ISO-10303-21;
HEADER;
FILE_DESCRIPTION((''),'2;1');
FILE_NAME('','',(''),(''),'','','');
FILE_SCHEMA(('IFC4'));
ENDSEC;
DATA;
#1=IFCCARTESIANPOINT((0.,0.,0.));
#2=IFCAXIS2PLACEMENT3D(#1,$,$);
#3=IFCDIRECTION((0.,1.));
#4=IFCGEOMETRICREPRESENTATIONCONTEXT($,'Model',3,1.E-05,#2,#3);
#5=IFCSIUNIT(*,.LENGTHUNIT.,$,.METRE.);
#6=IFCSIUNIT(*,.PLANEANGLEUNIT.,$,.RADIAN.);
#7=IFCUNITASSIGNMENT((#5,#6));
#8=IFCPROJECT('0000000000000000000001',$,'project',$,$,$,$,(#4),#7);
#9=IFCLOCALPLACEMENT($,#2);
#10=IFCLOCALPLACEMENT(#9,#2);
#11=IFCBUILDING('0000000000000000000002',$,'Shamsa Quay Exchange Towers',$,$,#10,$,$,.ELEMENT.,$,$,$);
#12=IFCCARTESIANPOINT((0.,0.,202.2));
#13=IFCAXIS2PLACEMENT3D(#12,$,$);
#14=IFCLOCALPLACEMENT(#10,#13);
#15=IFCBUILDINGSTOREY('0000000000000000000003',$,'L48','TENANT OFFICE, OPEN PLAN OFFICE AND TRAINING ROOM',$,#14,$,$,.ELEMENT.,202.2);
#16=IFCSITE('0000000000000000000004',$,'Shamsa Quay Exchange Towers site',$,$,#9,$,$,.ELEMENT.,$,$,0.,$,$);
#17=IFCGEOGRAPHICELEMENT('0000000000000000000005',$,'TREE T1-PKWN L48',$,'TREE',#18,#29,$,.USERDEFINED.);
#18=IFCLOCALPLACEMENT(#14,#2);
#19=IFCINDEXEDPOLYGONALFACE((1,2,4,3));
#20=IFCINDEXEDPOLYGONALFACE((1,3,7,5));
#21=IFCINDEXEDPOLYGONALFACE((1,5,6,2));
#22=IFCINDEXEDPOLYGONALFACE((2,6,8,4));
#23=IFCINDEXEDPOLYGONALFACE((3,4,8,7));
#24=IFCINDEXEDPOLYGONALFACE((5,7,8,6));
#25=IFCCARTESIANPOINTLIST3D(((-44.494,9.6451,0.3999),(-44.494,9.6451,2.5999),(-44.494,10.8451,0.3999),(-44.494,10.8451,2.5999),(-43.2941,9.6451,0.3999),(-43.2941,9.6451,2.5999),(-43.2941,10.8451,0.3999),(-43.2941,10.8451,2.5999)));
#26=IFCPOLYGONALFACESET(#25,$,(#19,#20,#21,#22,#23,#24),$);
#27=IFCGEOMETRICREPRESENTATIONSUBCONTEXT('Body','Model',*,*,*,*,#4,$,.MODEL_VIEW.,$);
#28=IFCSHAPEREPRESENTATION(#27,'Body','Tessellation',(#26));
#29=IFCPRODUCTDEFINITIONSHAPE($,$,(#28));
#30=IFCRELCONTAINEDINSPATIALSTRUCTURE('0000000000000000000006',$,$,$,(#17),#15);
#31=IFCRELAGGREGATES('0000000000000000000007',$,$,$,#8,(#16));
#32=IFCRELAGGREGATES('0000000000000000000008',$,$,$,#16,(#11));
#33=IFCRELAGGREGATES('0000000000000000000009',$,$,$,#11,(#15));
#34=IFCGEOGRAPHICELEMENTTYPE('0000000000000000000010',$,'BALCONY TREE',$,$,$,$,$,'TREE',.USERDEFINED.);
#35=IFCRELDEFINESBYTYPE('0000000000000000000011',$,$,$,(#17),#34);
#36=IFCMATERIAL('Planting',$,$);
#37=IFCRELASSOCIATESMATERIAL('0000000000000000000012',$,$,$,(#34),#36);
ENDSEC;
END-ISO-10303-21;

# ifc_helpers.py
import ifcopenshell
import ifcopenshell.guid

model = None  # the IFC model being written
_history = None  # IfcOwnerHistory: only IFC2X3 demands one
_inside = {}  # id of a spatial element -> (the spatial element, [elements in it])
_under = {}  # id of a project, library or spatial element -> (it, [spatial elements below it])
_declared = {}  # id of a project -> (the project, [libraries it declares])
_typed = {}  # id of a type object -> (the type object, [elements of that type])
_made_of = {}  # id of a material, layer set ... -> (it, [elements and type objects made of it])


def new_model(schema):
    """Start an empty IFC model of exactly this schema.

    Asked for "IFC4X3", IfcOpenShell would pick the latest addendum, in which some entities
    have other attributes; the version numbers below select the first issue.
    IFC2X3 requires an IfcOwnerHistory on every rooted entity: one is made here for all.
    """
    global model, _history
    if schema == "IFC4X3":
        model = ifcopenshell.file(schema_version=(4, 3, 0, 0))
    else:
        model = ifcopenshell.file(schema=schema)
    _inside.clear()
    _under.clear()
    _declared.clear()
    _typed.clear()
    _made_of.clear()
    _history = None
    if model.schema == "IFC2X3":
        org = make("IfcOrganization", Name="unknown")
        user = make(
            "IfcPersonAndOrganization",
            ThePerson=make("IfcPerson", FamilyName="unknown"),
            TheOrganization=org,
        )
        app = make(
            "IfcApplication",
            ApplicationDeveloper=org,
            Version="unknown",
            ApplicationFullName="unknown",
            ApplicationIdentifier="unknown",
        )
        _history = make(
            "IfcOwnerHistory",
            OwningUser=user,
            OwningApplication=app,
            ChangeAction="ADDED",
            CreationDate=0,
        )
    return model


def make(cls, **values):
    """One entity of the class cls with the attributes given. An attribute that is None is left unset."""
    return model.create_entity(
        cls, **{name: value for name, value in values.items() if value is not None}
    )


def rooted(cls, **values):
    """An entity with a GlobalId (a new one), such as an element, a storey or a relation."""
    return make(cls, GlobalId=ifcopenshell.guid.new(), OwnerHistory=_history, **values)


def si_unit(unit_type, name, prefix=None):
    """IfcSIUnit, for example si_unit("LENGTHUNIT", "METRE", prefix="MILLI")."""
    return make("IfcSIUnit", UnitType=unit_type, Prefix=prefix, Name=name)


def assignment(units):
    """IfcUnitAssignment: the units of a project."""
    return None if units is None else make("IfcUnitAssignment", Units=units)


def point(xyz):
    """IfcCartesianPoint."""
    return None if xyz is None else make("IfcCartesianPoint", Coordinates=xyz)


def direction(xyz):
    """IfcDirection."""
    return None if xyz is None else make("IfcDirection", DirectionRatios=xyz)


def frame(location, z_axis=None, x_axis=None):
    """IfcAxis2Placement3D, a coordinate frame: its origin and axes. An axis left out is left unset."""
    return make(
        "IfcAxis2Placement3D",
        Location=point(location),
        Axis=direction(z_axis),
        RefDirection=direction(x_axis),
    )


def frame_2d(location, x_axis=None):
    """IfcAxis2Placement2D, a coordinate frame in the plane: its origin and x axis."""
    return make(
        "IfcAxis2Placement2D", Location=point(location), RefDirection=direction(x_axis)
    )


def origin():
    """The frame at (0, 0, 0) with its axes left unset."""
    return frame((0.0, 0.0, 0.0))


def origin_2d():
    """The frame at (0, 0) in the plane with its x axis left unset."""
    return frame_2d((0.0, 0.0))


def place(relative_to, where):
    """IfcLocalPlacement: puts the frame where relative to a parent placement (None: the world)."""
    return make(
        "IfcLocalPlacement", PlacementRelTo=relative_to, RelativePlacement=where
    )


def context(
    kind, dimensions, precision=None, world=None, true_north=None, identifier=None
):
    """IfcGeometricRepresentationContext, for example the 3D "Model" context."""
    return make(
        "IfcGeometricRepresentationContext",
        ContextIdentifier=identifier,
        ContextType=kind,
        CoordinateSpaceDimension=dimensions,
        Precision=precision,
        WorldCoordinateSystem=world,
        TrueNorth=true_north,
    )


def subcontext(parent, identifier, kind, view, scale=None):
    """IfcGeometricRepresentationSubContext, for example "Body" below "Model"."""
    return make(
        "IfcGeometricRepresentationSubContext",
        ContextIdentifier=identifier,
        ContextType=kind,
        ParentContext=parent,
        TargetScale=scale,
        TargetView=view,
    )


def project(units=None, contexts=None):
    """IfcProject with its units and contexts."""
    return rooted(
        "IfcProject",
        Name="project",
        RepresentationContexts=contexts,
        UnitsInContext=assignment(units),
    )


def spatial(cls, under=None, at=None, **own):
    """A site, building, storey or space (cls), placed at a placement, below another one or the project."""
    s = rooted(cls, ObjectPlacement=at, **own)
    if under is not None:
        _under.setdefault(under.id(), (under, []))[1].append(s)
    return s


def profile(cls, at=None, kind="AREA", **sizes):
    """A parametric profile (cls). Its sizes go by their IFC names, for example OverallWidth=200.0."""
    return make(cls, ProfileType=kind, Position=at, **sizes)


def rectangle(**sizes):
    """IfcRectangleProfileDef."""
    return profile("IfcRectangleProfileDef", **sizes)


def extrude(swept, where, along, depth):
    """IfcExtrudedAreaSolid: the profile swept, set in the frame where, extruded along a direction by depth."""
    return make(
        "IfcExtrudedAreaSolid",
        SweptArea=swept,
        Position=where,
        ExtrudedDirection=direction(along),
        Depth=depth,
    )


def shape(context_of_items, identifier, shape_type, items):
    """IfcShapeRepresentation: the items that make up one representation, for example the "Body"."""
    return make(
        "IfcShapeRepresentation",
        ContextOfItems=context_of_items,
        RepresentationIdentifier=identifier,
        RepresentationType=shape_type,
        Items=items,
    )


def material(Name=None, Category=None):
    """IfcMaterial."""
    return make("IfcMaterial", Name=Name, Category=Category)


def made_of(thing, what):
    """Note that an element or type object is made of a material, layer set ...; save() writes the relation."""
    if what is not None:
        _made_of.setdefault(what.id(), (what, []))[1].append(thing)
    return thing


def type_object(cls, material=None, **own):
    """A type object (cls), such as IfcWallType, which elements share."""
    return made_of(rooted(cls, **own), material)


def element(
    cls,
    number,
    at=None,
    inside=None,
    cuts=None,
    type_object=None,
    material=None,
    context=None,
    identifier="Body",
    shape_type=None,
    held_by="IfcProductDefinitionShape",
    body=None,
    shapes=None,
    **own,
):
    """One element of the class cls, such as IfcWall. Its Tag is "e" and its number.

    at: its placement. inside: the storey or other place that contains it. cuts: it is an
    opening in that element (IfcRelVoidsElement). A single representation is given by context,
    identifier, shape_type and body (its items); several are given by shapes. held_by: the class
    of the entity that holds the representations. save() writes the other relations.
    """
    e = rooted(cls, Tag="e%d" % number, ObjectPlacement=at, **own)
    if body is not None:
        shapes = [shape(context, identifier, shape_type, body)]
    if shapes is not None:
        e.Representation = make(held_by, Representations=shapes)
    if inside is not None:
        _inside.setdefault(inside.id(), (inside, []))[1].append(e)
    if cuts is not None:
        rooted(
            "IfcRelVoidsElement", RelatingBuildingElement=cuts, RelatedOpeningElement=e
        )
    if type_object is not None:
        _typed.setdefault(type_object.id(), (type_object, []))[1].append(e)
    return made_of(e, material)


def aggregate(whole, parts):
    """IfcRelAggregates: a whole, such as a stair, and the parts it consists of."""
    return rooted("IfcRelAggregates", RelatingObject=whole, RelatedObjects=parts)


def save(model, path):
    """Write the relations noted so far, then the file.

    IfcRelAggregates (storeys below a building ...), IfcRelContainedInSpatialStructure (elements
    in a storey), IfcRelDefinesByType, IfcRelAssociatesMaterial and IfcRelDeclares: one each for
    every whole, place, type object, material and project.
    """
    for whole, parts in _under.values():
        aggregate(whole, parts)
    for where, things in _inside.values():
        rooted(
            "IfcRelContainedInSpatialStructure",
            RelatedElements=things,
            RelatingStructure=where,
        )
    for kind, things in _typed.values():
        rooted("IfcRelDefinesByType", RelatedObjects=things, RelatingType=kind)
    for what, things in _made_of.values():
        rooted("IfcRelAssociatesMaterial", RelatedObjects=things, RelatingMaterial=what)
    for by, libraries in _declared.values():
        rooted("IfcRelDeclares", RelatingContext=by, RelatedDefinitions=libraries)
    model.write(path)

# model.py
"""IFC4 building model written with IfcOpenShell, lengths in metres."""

from ifc_helpers import new_model, si_unit, direction, frame, origin, origin_2d, place, context, subcontext, project, spatial, rectangle, extrude, material, type_object, element, save


model = new_model("IFC4")

# Units and contexts
model_context = context("Model", 3, precision=1e-05, world=origin(), true_north=direction((0.0, 1.0)))
body_context = subcontext(model_context, "Body", "Model", "MODEL_VIEW")
ifc_project = project(units=[si_unit("LENGTHUNIT", "METRE"), si_unit("PLANEANGLEUNIT", "RADIAN")], contexts=[model_context])

# Site, building, storey
site_placement = place(None, origin())
site = spatial("IfcSite", under=ifc_project, at=site_placement, Name="Shamsa Quay Exchange Towers site", CompositionType="ELEMENT", RefElevation=0.0)
building_placement = place(site_placement, origin())
building = spatial("IfcBuilding", under=site, at=building_placement, Name="Shamsa Quay Exchange Towers", CompositionType="ELEMENT")
storey_placement = place(building_placement, frame((0.0, 0.0, 202.2)))
storey = spatial("IfcBuildingStorey", under=building, at=storey_placement, Name="L48", Description="TENANT OFFICE, OPEN PLAN OFFICE AND TRAINING ROOM", CompositionType="ELEMENT", Elevation=202.2)

# Geographic element
ifc_material_1 = material(Name="Planting")
geographic_element_type = type_object("IfcGeographicElementType", Name="BALCONY TREE", ElementType="TREE", PredefinedType="USERDEFINED", material=ifc_material_1)
geographic_element_placement = place(storey_placement, frame((-43.894, 10.2451, 0.3999), z_axis=(0.0, 0.0, 1.0), x_axis=(-1.0, 0.0, 0.0)))
element("IfcGeographicElement", 1, at=geographic_element_placement, inside=storey, type_object=geographic_element_type, Name="TREE T1-PKWN L48", ObjectType="TREE", PredefinedType="USERDEFINED", context=body_context, shape_type="SweptSolid", body=[
    extrude(rectangle(XDim=1.2, YDim=1.2, at=origin_2d()), origin(), (0.0, 0.0, 1.0), 2.2),
])

save(model, "model.ifc")
